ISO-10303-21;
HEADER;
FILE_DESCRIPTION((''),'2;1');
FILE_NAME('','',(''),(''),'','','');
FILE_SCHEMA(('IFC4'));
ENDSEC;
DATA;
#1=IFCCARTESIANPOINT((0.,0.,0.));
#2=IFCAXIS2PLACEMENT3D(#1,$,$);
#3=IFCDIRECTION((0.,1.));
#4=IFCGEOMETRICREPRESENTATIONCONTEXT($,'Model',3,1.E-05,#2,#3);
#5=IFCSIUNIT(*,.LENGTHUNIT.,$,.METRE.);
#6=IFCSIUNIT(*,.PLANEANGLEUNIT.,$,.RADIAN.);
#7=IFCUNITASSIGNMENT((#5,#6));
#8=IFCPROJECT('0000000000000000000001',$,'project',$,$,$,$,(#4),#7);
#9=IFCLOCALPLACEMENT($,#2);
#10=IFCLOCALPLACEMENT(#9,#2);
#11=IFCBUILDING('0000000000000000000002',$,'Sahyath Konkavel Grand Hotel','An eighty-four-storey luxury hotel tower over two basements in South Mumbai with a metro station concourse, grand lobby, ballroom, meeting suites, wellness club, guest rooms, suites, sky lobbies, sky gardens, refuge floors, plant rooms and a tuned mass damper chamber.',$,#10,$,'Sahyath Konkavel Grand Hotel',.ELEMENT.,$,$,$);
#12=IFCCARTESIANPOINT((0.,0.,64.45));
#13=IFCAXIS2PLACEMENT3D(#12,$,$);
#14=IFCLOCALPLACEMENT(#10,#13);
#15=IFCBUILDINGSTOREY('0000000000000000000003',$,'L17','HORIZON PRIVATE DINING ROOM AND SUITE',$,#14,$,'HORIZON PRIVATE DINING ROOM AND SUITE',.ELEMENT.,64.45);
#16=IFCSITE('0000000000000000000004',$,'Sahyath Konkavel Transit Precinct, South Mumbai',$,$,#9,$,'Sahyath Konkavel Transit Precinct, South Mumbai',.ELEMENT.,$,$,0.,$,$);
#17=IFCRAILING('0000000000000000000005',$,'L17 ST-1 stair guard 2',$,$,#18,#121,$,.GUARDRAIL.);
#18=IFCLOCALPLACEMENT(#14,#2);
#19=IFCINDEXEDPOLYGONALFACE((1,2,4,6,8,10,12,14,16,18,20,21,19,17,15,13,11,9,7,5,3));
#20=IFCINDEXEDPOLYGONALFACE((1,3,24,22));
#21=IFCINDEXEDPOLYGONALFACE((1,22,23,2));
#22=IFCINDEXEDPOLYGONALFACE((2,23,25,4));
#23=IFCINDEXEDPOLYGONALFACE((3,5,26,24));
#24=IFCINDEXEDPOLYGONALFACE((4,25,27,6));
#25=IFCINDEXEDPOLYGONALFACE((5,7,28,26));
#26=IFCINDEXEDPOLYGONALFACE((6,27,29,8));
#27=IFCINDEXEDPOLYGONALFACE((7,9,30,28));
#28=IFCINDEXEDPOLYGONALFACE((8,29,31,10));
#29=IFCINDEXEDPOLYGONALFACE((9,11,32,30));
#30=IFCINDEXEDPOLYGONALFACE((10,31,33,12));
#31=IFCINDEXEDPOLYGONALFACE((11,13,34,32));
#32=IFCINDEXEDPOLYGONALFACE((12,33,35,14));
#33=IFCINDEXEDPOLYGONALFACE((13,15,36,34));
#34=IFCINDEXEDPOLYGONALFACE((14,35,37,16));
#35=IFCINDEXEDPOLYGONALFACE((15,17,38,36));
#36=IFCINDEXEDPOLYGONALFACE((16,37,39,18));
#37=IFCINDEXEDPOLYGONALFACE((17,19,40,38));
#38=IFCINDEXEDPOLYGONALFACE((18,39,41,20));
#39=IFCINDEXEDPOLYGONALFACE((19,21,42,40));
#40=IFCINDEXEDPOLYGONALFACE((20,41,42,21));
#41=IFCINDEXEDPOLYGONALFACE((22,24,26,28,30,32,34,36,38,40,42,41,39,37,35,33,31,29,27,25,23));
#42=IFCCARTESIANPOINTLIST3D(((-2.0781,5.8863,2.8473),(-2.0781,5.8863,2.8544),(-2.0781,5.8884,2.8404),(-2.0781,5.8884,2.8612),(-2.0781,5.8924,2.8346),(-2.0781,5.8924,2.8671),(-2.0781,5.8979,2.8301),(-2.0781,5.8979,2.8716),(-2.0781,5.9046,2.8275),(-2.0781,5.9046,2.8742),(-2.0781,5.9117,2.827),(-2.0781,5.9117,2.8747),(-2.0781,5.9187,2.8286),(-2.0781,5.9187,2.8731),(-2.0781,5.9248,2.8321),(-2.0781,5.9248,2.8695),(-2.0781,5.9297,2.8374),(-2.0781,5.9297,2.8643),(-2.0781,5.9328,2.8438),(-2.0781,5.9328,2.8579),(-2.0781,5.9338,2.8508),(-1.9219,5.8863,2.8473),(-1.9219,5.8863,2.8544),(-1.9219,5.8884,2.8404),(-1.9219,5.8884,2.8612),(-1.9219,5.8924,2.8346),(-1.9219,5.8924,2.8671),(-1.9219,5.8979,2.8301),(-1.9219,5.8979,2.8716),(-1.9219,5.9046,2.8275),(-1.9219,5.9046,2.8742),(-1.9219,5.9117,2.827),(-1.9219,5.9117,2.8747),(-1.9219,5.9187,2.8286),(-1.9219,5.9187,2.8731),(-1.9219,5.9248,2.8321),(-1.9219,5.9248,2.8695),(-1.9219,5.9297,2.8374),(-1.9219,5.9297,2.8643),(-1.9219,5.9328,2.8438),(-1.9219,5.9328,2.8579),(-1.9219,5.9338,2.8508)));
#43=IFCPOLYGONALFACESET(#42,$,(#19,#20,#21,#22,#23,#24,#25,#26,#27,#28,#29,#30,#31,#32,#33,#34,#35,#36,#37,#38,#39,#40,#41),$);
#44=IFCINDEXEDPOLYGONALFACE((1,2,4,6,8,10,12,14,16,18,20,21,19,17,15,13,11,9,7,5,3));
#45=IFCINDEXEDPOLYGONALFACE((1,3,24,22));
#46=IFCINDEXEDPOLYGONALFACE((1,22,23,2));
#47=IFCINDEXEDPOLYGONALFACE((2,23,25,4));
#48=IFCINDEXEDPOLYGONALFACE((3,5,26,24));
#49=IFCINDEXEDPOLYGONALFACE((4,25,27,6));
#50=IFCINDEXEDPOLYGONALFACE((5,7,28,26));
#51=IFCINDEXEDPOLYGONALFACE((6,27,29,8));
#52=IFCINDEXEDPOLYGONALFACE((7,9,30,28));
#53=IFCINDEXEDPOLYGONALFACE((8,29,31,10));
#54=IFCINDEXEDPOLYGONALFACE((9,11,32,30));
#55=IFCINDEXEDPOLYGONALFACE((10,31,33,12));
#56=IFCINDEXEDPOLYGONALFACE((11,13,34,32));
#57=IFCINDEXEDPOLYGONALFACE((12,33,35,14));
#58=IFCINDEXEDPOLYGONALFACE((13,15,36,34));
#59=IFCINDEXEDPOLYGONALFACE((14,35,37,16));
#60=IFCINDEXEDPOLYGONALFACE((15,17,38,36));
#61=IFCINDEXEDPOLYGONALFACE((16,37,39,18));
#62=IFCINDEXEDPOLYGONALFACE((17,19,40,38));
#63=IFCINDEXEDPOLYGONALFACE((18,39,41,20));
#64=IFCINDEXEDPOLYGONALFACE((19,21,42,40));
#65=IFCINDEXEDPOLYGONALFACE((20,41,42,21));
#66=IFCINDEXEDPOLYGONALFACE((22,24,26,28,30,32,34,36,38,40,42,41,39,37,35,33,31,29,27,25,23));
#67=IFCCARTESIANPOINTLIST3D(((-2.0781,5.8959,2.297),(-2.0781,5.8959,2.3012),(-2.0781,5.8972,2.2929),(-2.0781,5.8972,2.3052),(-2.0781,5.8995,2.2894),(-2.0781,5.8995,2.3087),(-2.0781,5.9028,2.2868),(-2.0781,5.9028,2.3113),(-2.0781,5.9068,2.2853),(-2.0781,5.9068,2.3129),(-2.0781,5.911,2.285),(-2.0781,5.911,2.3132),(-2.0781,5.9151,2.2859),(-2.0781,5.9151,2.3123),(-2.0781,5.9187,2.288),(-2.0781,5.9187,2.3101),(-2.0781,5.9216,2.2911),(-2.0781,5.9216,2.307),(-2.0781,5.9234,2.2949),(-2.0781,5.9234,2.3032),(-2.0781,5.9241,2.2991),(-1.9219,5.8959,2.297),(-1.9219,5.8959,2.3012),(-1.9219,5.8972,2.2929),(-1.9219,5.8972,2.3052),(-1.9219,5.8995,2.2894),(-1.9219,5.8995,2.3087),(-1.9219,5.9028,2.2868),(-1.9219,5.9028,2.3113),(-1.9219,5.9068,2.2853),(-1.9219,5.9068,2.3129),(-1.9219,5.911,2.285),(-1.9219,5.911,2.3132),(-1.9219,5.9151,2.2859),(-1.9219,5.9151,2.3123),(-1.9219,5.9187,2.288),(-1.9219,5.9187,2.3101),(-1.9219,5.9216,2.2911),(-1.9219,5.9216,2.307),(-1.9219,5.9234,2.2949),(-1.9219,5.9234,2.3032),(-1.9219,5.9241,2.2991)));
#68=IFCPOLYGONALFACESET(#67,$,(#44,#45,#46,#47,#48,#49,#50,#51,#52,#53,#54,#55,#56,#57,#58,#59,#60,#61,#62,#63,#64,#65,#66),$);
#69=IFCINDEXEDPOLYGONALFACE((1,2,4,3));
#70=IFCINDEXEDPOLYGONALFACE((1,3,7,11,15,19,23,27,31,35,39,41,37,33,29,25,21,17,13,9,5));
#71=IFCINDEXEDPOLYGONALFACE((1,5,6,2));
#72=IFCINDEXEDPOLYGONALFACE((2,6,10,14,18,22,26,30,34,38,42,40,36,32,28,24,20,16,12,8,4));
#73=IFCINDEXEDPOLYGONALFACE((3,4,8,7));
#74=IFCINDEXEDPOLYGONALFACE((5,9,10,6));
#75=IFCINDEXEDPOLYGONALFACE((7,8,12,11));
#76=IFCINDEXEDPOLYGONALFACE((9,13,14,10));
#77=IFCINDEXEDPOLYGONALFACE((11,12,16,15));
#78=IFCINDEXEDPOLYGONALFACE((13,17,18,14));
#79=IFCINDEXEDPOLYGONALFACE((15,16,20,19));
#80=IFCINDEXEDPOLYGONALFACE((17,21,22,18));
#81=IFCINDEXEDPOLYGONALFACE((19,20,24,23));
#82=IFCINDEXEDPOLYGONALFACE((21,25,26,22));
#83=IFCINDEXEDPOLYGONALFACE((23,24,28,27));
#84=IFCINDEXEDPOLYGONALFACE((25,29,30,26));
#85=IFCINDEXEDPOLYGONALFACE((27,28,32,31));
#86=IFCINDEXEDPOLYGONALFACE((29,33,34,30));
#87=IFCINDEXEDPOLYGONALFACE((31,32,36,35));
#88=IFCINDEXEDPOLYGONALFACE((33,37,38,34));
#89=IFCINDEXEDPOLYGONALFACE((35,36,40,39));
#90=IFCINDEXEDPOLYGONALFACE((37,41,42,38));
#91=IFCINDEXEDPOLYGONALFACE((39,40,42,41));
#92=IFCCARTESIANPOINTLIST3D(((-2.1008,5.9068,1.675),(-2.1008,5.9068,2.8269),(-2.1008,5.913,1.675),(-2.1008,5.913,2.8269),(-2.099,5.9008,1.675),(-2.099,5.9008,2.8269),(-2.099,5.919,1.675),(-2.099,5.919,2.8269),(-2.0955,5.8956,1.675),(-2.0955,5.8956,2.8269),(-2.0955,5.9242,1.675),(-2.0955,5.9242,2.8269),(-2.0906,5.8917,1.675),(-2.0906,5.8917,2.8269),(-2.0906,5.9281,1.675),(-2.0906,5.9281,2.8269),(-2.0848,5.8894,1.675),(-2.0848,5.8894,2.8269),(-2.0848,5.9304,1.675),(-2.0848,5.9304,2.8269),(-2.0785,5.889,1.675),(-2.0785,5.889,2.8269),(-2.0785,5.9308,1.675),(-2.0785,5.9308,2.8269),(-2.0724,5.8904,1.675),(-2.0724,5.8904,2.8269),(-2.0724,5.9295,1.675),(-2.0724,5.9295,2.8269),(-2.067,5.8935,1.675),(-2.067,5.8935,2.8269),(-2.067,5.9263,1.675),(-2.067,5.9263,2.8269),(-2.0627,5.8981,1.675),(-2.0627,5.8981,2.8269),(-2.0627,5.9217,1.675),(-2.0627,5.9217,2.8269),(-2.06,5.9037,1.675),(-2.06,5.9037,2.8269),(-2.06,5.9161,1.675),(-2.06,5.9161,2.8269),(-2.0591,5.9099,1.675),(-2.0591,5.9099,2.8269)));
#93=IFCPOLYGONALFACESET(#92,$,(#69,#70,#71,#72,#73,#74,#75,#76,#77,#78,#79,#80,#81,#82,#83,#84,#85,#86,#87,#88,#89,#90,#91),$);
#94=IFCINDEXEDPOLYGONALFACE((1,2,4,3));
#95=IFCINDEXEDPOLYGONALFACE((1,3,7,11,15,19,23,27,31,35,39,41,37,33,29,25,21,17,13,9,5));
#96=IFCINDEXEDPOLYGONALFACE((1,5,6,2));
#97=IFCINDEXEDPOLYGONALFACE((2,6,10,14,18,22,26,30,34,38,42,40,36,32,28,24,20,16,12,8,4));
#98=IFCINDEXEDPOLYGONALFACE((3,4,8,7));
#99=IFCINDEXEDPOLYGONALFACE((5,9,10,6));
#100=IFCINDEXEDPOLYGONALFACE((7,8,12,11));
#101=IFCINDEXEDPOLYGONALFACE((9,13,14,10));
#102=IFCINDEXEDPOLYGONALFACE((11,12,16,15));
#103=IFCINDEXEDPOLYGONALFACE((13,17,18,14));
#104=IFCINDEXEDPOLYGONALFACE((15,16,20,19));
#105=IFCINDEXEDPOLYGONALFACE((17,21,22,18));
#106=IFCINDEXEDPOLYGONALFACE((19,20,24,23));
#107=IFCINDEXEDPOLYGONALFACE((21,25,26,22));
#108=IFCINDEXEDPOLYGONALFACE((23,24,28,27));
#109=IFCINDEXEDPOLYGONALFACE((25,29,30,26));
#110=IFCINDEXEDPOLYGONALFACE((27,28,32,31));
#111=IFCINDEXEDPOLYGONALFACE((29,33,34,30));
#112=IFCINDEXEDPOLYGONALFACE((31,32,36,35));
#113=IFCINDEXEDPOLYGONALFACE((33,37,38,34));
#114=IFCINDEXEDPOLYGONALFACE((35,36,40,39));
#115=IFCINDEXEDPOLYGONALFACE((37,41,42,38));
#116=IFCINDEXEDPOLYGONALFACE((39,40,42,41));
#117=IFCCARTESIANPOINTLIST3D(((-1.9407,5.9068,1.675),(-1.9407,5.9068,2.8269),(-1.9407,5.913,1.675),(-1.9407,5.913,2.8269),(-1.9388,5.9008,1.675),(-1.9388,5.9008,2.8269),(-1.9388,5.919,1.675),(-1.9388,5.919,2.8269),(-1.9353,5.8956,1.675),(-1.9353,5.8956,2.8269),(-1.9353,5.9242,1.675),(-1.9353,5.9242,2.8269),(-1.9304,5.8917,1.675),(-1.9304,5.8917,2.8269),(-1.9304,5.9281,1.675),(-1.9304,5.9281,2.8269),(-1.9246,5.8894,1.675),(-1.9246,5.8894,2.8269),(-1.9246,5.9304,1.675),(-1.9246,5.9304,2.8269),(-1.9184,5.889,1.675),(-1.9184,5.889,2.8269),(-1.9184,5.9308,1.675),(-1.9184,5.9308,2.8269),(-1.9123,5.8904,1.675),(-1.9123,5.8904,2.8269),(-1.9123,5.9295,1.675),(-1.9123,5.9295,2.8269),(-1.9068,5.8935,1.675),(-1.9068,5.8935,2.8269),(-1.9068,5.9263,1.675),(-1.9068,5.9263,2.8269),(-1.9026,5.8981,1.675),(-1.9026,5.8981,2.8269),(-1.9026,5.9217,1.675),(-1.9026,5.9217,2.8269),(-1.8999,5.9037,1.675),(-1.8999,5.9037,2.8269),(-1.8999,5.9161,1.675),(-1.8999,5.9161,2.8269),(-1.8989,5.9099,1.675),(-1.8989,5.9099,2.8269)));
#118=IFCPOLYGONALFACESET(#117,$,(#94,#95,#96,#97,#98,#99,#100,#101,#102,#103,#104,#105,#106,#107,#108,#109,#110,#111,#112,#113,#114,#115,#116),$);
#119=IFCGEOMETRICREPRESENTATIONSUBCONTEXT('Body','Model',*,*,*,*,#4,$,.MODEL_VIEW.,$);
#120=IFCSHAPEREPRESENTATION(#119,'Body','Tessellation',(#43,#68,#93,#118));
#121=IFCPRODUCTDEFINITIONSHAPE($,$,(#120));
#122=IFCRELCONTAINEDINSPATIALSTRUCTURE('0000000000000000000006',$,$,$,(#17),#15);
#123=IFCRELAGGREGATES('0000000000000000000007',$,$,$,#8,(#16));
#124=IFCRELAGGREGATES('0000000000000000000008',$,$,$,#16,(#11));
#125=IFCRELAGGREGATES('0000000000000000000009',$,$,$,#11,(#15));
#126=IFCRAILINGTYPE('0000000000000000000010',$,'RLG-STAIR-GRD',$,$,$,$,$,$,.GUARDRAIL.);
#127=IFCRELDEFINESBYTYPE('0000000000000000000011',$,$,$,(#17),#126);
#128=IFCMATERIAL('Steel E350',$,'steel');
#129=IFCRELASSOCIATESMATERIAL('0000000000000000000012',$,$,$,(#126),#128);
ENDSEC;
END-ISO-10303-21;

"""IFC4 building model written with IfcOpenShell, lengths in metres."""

from ifc_helpers import new_model, si_unit, direction, frame, origin, origin_2d, place, context, subcontext, project, spatial, circle, extrude, material, type_object, element, save


model = new_model("IFC4")

# Units and contexts
model_context = context("Model", 3, precision=1e-05, world=origin(), true_north=direction((0.0, 1.0)))
body_context = subcontext(model_context, "Body", "Model", "MODEL_VIEW")
ifc_project = project(units=[si_unit("LENGTHUNIT", "METRE"), si_unit("PLANEANGLEUNIT", "RADIAN")], contexts=[model_context])

# Site, building, storey
site_placement = place(None, origin())
site = spatial("IfcSite", under=ifc_project, at=site_placement, Name="Sahyath Konkavel Transit Precinct, South Mumbai", LongName="Sahyath Konkavel Transit Precinct, South Mumbai", CompositionType="ELEMENT", RefElevation=0.0)
building_placement = place(site_placement, origin())
building = spatial("IfcBuilding", under=site, at=building_placement, Name="Sahyath Konkavel Grand Hotel", Description="An eighty-four-storey luxury hotel tower over two basements in South Mumbai with a metro station concourse, grand lobby, ballroom, meeting suites, wellness club, guest rooms, suites, sky lobbies, sky gardens, refuge floors, plant rooms and a tuned mass damper chamber.", LongName="Sahyath Konkavel Grand Hotel", CompositionType="ELEMENT")
storey_placement = place(building_placement, frame((0.0, 0.0, 64.45)))
storey = spatial("IfcBuildingStorey", under=building, at=storey_placement, Name="L17", Description="HORIZON PRIVATE DINING ROOM AND SUITE", LongName="HORIZON PRIVATE DINING ROOM AND SUITE", CompositionType="ELEMENT", Elevation=64.45)

# Shared definitions
ifc_material_1 = material(Name="Steel E350", Category="steel")

# Railing
railing_type_1 = type_object("IfcRailingType", Name="RLG-STAIR-GRD", PredefinedType="GUARDRAIL", material=ifc_material_1)
railing_1_placement = place(storey_placement, frame((-2.0801, 5.9099, 1.675)))
element("IfcRailing", 1, at=railing_1_placement, inside=storey, type_object=railing_type_1, Name="L17 ST-1 stair guard 2", PredefinedType="GUARDRAIL", context=body_context, shape_type="SweptSolid", body=[
    extrude(circle(Radius=0.0239, at=origin_2d()), frame((0.002, 0.0, 1.1758), z_axis=(1.0, 0.0, 0.0), x_axis=(0.0, 1.0, 0.0)), (0.0, 0.0, 1.0), 0.1562),
    extrude(circle(Radius=0.0142, at=origin_2d()), frame((0.002, 0.0, 0.624), z_axis=(1.0, 0.0, 0.0), x_axis=(0.0, 1.0, 0.0)), (0.0, 0.0, 1.0), 0.1562),
    extrude(circle(Radius=0.021, at=origin_2d()), origin(), (0.0, 0.0, 1.0), 1.1519),
    extrude(circle(Radius=0.021, at=origin_2d()), frame((0.1602, 0.0, 0.0)), (0.0, 0.0, 1.0), 1.1519),
])

save(model, "model.ifc")
